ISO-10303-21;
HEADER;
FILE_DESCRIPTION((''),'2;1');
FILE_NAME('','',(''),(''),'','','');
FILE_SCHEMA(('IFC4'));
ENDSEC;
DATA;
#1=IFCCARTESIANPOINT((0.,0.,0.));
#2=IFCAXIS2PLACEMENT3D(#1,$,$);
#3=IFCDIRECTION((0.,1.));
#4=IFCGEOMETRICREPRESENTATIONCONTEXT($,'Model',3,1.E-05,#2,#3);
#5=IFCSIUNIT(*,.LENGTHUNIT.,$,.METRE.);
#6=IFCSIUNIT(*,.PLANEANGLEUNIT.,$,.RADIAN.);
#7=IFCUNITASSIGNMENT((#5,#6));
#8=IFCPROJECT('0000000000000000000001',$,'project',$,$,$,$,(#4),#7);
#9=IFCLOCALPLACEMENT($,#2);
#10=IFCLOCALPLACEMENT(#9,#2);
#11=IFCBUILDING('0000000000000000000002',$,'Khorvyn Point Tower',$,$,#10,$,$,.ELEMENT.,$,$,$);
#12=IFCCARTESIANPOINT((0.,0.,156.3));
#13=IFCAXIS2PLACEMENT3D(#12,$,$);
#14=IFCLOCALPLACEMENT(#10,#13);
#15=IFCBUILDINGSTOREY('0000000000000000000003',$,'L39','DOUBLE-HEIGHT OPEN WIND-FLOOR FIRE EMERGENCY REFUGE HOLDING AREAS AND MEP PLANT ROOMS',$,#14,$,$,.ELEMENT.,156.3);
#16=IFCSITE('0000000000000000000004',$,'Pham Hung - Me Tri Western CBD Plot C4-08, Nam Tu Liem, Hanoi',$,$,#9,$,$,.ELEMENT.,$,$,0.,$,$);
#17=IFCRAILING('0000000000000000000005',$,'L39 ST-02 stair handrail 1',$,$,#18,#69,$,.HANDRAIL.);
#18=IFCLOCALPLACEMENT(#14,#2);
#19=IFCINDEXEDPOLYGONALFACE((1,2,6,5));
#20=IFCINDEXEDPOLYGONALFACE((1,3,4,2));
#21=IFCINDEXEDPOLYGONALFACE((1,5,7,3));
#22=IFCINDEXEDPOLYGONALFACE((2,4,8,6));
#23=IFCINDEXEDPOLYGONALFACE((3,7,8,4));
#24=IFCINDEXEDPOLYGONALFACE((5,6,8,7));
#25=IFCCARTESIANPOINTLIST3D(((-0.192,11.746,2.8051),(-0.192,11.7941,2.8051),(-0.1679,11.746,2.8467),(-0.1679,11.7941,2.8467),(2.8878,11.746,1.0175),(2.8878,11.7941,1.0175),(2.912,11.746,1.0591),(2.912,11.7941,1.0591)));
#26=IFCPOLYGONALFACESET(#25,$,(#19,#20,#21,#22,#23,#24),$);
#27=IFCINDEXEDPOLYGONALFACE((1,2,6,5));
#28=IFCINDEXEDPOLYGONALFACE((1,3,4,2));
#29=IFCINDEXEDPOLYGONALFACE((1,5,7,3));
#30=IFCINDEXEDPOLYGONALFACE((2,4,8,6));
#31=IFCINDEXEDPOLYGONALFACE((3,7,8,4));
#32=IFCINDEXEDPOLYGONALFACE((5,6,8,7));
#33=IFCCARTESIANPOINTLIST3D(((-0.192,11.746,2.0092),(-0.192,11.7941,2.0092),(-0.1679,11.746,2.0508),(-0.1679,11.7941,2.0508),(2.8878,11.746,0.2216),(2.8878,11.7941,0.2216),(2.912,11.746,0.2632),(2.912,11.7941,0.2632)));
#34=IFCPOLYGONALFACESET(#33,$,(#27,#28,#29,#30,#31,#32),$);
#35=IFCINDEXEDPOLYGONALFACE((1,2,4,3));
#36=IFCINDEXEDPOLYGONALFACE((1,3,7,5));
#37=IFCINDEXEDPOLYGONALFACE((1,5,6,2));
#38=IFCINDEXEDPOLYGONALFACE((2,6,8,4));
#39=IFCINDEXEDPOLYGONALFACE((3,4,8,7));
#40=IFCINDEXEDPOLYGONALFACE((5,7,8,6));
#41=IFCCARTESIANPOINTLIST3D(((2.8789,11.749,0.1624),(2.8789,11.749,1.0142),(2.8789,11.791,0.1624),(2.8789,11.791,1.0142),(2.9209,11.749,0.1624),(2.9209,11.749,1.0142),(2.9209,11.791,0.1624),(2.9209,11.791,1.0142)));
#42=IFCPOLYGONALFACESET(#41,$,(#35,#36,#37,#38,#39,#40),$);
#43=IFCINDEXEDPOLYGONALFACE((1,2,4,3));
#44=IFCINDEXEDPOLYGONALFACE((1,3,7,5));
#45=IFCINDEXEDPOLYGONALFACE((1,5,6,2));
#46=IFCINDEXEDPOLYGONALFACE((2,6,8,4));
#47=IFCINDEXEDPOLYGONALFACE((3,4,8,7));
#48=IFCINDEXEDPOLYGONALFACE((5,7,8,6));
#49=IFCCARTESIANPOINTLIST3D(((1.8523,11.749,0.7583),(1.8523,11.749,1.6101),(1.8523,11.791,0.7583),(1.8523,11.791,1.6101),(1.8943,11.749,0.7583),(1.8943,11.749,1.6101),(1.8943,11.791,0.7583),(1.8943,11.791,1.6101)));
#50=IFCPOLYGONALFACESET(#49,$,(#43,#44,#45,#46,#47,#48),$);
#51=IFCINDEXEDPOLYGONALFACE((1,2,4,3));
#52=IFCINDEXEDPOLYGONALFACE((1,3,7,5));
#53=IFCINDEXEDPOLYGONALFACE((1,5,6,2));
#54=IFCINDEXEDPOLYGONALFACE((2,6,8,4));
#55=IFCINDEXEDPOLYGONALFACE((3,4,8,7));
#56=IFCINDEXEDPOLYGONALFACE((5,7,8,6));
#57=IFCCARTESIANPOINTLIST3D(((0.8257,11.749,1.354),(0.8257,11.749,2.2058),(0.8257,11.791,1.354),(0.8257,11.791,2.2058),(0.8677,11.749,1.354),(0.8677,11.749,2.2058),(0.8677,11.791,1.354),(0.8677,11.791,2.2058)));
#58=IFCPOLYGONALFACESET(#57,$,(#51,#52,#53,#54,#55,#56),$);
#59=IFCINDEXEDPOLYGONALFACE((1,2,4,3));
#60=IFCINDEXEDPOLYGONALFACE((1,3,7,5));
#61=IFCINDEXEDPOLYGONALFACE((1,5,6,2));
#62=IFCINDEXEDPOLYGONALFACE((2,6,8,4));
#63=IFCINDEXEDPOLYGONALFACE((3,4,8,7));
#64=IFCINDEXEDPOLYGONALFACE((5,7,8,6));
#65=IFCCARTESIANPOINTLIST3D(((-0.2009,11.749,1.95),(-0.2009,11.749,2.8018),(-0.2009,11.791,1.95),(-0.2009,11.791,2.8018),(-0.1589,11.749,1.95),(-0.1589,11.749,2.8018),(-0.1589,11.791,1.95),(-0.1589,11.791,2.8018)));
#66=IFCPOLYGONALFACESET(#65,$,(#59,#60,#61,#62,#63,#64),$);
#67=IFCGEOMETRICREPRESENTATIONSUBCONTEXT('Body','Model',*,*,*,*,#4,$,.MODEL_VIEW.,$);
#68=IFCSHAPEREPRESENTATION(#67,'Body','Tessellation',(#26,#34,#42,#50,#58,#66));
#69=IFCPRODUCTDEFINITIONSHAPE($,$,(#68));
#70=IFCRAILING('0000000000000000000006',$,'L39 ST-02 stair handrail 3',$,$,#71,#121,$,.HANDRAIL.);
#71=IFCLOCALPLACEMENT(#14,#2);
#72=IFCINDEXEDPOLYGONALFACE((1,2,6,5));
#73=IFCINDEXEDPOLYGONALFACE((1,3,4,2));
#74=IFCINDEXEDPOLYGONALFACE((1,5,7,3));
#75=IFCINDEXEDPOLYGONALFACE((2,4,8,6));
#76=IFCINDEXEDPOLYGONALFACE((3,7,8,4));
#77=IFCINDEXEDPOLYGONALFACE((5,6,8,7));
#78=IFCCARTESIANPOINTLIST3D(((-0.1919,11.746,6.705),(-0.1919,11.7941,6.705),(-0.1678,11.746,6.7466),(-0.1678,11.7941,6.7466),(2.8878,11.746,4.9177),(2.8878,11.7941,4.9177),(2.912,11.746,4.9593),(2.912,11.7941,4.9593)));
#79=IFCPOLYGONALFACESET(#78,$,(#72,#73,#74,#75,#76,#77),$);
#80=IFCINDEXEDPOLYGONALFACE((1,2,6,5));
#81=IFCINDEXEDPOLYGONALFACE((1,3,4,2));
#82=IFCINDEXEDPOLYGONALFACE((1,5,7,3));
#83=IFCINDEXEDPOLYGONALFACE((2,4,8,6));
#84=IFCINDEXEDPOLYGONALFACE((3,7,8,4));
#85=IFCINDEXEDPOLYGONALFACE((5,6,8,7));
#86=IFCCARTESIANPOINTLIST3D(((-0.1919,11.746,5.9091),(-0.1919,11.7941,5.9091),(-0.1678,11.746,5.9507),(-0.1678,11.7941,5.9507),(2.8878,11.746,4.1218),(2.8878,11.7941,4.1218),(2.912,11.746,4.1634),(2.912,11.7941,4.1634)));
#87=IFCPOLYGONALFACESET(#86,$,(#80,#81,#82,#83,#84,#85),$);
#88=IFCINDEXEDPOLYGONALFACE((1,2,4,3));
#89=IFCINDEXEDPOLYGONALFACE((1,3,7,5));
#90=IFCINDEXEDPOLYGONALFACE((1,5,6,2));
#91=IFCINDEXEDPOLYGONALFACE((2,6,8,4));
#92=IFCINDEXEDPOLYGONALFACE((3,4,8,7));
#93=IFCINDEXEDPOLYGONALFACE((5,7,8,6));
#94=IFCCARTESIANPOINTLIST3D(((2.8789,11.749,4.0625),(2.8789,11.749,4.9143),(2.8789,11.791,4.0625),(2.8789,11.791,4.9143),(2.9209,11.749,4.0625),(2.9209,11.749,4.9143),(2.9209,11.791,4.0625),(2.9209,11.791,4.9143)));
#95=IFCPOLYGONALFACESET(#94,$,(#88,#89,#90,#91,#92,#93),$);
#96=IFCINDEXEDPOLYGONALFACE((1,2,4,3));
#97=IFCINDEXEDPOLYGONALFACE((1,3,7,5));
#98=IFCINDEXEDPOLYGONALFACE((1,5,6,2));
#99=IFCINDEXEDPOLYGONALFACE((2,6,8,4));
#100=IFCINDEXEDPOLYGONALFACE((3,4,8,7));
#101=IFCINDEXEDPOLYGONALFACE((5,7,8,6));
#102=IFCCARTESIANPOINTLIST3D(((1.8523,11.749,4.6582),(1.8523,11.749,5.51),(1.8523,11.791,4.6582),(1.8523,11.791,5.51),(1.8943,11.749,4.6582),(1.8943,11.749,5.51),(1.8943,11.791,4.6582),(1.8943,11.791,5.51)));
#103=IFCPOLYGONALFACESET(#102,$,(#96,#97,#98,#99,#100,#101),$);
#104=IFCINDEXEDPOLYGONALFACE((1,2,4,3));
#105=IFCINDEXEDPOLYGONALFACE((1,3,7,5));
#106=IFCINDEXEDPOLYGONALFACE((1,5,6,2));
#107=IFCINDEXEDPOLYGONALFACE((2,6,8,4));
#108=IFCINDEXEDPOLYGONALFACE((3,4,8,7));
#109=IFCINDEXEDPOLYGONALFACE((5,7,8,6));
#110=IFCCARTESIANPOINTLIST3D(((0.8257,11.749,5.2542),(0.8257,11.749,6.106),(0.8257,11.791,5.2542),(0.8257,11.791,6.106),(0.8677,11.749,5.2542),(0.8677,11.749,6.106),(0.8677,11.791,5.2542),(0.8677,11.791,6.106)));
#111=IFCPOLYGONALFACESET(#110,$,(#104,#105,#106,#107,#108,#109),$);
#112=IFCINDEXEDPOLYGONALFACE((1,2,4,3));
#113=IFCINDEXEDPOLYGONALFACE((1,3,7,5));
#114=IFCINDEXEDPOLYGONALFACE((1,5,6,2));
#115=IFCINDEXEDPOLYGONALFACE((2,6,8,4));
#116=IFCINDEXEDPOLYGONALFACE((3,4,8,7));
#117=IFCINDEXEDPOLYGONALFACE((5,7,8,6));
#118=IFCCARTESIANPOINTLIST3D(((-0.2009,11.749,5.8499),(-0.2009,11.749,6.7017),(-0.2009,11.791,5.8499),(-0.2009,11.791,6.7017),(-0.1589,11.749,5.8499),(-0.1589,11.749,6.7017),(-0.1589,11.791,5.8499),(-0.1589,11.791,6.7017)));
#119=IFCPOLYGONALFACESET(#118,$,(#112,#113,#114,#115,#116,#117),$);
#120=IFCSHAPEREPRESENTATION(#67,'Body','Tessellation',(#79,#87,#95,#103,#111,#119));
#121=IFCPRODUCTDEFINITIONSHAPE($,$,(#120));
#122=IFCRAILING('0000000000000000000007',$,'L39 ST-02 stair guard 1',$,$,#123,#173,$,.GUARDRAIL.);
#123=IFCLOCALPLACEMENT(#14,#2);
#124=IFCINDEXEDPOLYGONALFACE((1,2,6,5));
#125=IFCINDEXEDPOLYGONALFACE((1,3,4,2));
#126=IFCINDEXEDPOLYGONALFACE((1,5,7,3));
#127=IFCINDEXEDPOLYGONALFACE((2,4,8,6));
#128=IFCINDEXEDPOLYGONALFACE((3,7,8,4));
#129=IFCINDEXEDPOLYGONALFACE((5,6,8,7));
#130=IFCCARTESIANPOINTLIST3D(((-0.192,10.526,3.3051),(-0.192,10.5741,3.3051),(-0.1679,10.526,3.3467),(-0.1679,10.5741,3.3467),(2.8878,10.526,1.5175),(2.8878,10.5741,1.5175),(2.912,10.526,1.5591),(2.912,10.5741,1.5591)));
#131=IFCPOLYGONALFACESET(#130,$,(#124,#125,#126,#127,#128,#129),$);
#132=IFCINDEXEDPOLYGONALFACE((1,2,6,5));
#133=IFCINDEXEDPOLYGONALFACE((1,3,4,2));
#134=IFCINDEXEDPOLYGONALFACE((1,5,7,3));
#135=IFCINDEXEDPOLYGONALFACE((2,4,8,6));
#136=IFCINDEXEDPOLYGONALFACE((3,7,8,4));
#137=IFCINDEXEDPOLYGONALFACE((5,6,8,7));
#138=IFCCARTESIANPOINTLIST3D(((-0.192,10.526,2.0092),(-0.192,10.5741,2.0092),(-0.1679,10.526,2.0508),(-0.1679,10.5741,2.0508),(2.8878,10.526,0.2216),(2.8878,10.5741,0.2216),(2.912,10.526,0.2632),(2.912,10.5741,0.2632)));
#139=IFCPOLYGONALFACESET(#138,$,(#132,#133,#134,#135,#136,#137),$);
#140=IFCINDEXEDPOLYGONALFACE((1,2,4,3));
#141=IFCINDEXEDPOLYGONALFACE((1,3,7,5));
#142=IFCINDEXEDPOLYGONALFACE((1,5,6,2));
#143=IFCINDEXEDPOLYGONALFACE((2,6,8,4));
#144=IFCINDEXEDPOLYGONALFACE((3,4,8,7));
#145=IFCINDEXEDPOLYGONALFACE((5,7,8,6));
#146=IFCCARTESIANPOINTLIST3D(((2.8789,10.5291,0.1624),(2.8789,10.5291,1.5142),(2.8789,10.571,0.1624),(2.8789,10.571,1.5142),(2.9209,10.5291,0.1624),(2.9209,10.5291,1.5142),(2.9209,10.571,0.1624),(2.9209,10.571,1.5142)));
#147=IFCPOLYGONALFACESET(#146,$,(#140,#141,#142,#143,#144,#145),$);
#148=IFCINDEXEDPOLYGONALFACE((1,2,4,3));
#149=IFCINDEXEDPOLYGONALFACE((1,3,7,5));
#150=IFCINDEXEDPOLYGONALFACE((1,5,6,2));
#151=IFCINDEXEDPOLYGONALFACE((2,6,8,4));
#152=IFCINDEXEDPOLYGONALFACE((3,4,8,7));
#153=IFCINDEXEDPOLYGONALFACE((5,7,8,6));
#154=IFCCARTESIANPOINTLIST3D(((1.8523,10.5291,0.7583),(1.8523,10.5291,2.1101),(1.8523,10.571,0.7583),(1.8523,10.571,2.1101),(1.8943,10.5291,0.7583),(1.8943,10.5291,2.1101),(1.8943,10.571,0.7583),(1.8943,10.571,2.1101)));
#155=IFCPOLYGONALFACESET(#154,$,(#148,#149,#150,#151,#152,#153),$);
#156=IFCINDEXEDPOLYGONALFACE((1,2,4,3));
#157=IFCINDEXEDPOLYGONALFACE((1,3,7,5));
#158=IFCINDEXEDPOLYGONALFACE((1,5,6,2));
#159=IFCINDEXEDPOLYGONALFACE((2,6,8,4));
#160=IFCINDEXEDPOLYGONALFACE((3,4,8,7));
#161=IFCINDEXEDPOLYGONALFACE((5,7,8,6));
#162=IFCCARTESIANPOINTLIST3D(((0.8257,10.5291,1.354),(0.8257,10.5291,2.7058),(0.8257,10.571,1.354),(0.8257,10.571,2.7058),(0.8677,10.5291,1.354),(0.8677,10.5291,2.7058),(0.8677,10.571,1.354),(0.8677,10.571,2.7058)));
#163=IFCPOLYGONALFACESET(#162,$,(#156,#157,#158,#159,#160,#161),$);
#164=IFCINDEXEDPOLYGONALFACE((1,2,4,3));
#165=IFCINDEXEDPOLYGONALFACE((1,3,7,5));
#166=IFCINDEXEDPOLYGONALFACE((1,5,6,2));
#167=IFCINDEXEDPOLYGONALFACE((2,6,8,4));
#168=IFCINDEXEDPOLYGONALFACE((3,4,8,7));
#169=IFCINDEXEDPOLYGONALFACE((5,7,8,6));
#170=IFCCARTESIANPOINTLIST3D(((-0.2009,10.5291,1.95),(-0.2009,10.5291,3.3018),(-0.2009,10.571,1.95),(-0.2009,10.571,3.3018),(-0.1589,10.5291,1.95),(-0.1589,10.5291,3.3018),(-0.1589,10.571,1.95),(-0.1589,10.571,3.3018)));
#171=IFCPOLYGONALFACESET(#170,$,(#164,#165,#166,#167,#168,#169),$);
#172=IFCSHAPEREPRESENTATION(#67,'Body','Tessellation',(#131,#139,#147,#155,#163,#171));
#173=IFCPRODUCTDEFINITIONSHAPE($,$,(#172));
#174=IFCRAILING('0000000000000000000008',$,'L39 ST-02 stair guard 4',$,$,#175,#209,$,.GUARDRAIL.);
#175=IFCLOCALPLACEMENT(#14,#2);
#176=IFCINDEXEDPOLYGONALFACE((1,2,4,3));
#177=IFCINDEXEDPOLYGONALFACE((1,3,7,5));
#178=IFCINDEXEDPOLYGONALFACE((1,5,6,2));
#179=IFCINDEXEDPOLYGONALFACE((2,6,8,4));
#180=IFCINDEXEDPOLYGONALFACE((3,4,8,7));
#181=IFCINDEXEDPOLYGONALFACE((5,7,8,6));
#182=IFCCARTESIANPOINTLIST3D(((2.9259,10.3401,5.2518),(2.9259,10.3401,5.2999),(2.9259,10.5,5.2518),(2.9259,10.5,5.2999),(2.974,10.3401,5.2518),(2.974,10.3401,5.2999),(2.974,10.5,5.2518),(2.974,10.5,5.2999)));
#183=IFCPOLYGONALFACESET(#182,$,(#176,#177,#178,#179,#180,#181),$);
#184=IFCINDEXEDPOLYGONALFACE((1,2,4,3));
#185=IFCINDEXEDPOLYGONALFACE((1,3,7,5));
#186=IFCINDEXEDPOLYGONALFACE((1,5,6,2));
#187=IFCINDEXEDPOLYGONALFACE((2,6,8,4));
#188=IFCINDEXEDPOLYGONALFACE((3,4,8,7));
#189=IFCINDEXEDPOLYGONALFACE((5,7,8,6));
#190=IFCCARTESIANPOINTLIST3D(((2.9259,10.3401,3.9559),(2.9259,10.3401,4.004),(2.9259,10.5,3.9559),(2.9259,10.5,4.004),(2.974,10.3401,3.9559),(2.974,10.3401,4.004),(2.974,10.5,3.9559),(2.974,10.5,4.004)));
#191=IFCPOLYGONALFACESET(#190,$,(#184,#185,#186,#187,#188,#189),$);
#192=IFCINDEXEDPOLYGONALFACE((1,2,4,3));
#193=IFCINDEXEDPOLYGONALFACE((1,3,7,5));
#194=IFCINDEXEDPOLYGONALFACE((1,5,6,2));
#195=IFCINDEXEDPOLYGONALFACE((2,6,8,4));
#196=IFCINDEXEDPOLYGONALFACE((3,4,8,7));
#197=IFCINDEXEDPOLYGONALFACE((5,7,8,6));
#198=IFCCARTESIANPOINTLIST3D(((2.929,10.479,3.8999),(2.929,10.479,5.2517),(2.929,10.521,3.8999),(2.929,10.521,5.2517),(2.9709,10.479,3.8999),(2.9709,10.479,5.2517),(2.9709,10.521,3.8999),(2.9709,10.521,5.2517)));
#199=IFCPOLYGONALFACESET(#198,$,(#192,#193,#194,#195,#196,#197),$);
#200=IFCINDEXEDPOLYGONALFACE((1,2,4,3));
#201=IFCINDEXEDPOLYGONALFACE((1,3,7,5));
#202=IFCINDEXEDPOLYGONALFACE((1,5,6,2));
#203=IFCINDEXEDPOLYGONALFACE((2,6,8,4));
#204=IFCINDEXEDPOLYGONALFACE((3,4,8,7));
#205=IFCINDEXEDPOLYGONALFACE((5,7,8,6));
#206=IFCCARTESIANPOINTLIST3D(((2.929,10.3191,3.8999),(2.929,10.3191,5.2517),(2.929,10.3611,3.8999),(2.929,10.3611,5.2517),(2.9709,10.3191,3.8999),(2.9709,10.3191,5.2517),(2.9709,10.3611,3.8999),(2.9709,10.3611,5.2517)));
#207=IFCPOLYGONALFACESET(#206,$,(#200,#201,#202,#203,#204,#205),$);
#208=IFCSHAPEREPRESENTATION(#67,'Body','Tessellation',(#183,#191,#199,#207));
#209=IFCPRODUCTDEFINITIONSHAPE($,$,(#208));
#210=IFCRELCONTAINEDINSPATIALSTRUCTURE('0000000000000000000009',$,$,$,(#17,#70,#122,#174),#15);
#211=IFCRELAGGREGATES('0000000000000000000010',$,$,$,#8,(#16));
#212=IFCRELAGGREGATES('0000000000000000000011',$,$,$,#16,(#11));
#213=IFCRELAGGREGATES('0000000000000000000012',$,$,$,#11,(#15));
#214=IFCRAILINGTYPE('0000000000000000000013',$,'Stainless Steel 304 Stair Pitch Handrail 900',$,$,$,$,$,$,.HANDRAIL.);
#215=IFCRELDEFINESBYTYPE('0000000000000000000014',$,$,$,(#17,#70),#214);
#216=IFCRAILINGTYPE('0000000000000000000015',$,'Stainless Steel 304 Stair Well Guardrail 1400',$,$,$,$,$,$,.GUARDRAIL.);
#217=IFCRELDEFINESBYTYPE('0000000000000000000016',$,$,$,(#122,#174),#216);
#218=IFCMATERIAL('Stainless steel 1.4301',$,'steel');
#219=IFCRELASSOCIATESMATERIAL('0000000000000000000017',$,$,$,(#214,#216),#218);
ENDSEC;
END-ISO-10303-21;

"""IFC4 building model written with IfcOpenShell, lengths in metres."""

from ifc_helpers import new_model, si_unit, direction, frame, origin, origin_2d, place, context, subcontext, project, spatial, rectangle, extrude, material, type_object, element, save


model = new_model("IFC4")

# Units and contexts
model_context = context("Model", 3, precision=1e-05, world=origin(), true_north=direction((0.0, 1.0)))
body_context = subcontext(model_context, "Body", "Model", "MODEL_VIEW")
ifc_project = project(units=[si_unit("LENGTHUNIT", "METRE"), si_unit("PLANEANGLEUNIT", "RADIAN")], contexts=[model_context])

# Site, building, storey
site_placement = place(None, origin())
site = spatial("IfcSite", under=ifc_project, at=site_placement, Name="Pham Hung - Me Tri Western CBD Plot C4-08, Nam Tu Liem, Hanoi", CompositionType="ELEMENT", RefElevation=0.0)
building_placement = place(site_placement, origin())
building = spatial("IfcBuilding", under=site, at=building_placement, Name="Khorvyn Point Tower", CompositionType="ELEMENT")
storey_placement = place(building_placement, frame((0.0, 0.0, 156.3)))
storey = spatial("IfcBuildingStorey", under=building, at=storey_placement, Name="L39", Description="DOUBLE-HEIGHT OPEN WIND-FLOOR FIRE EMERGENCY REFUGE HOLDING AREAS AND MEP PLANT ROOMS", CompositionType="ELEMENT", Elevation=156.3)

# Railings
ifc_material_1 = material(Name="Stainless steel 1.4301", Category="steel")
railing_type_1 = type_object("IfcRailingType", Name="Stainless Steel 304 Stair Pitch Handrail 900", PredefinedType="HANDRAIL", material=ifc_material_1)
railing_1_placement = place(storey_placement, frame((2.8999, 11.77, 0.1624)))
element("IfcRailing", 1, at=railing_1_placement, inside=storey, type_object=railing_type_1, Name="L39 ST-02 stair handrail 1", PredefinedType="HANDRAIL", context=body_context, shape_type="SweptSolid", body=[
    extrude(rectangle(XDim=0.0481, YDim=0.0481, at=origin_2d()), frame((0.0, 0.0, 0.876), z_axis=(-0.864873, 0.0, 0.50199), x_axis=(0.0, -1.0, 0.0)), (0.0, 0.0, 1.0), 3.561),
    extrude(rectangle(XDim=0.0481, YDim=0.0481, at=origin_2d()), frame((0.0, 0.0, 0.0801), z_axis=(-0.864873, 0.0, 0.50199), x_axis=(0.0, -1.0, 0.0)), (0.0, 0.0, 1.0), 3.561),
    extrude(rectangle(XDim=0.042, YDim=0.042, at=origin_2d()), origin(), (0.0, 0.0, 1.0), 0.8518),
    extrude(rectangle(XDim=0.042, YDim=0.042, at=origin_2d()), frame((-1.0266, 0.0, 0.5959)), (0.0, 0.0, 1.0), 0.8518),
    extrude(rectangle(XDim=0.042, YDim=0.042, at=origin_2d()), frame((-2.0532, 0.0, 1.1917)), (0.0, 0.0, 1.0), 0.8518),
    extrude(rectangle(XDim=0.042, YDim=0.042, at=origin_2d()), frame((-3.0798, 0.0, 1.7876)), (0.0, 0.0, 1.0), 0.8518),
])
railing_2_placement = place(storey_placement, frame((2.8999, 11.77, 4.0625)))
element("IfcRailing", 2, at=railing_2_placement, inside=storey, type_object=railing_type_1, Name="L39 ST-02 stair handrail 3", PredefinedType="HANDRAIL", context=body_context, shape_type="SweptSolid", body=[
    extrude(rectangle(XDim=0.0481, YDim=0.0481, at=origin_2d()), frame((0.0, 0.0, 0.876), z_axis=(-0.864903, 0.0, 0.501939), x_axis=(0.0, -1.0, 0.0)), (0.0, 0.0, 1.0), 3.5608),
    extrude(rectangle(XDim=0.0481, YDim=0.0481, at=origin_2d()), frame((0.0, 0.0, 0.0801), z_axis=(-0.864903, 0.0, 0.501939), x_axis=(0.0, -1.0, 0.0)), (0.0, 0.0, 1.0), 3.5608),
    extrude(rectangle(XDim=0.042, YDim=0.042, at=origin_2d()), origin(), (0.0, 0.0, 1.0), 0.8518),
    extrude(rectangle(XDim=0.042, YDim=0.042, at=origin_2d()), frame((-1.0266, 0.0, 0.5957)), (0.0, 0.0, 1.0), 0.8518),
    extrude(rectangle(XDim=0.042, YDim=0.042, at=origin_2d()), frame((-2.0532, 0.0, 1.1917)), (0.0, 0.0, 1.0), 0.8518),
    extrude(rectangle(XDim=0.042, YDim=0.042, at=origin_2d()), frame((-3.0798, 0.0, 1.7874)), (0.0, 0.0, 1.0), 0.8518),
])
railing_type_2 = type_object("IfcRailingType", Name="Stainless Steel 304 Stair Well Guardrail 1400", PredefinedType="GUARDRAIL", material=ifc_material_1)
railing_3_placement = place(storey_placement, frame((2.8999, 10.55, 0.1624)))
element("IfcRailing", 3, at=railing_3_placement, inside=storey, type_object=railing_type_2, Name="L39 ST-02 stair guard 1", PredefinedType="GUARDRAIL", context=body_context, shape_type="SweptSolid", body=[
    extrude(rectangle(XDim=0.0481, YDim=0.0481, at=origin_2d()), frame((0.0, 0.0, 1.376), z_axis=(-0.864873, 0.0, 0.50199), x_axis=(0.0, -1.0, 0.0)), (0.0, 0.0, 1.0), 3.561),
    extrude(rectangle(XDim=0.0481, YDim=0.0481, at=origin_2d()), frame((0.0, 0.0, 0.0801), z_axis=(-0.864873, 0.0, 0.50199), x_axis=(0.0, -1.0, 0.0)), (0.0, 0.0, 1.0), 3.561),
    extrude(rectangle(XDim=0.042, YDim=0.042, at=origin_2d()), origin(), (0.0, 0.0, 1.0), 1.3518),
    extrude(rectangle(XDim=0.042, YDim=0.042, at=origin_2d()), frame((-1.0266, 0.0, 0.5959)), (0.0, 0.0, 1.0), 1.3518),
    extrude(rectangle(XDim=0.042, YDim=0.042, at=origin_2d()), frame((-2.0532, 0.0, 1.1917)), (0.0, 0.0, 1.0), 1.3518),
    extrude(rectangle(XDim=0.042, YDim=0.042, at=origin_2d()), frame((-3.0798, 0.0, 1.7876)), (0.0, 0.0, 1.0), 1.3518),
])
railing_4_placement = place(storey_placement, frame((2.95, 10.5, 3.8999)))
element("IfcRailing", 4, at=railing_4_placement, inside=storey, type_object=railing_type_2, Name="L39 ST-02 stair guard 4", PredefinedType="GUARDRAIL", context=body_context, shape_type="SweptSolid", body=[
    extrude(rectangle(XDim=0.0481, YDim=0.0481, at=origin_2d()), frame((0.0, 0.0, 1.376), z_axis=(0.0, -1.0, 0.0), x_axis=(1.0, 0.0, 0.0)), (0.0, 0.0, 1.0), 0.1599),
    extrude(rectangle(XDim=0.0481, YDim=0.0481, at=origin_2d()), frame((0.0, 0.0, 0.0801), z_axis=(0.0, -1.0, 0.0), x_axis=(1.0, 0.0, 0.0)), (0.0, 0.0, 1.0), 0.1599),
    extrude(rectangle(XDim=0.042, YDim=0.042, at=origin_2d()), origin(), (0.0, 0.0, 1.0), 1.3518),
    extrude(rectangle(XDim=0.042, YDim=0.042, at=origin_2d()), frame((0.0, -0.1599, 0.0)), (0.0, 0.0, 1.0), 1.3518),
])

save(model, "model.ifc")
